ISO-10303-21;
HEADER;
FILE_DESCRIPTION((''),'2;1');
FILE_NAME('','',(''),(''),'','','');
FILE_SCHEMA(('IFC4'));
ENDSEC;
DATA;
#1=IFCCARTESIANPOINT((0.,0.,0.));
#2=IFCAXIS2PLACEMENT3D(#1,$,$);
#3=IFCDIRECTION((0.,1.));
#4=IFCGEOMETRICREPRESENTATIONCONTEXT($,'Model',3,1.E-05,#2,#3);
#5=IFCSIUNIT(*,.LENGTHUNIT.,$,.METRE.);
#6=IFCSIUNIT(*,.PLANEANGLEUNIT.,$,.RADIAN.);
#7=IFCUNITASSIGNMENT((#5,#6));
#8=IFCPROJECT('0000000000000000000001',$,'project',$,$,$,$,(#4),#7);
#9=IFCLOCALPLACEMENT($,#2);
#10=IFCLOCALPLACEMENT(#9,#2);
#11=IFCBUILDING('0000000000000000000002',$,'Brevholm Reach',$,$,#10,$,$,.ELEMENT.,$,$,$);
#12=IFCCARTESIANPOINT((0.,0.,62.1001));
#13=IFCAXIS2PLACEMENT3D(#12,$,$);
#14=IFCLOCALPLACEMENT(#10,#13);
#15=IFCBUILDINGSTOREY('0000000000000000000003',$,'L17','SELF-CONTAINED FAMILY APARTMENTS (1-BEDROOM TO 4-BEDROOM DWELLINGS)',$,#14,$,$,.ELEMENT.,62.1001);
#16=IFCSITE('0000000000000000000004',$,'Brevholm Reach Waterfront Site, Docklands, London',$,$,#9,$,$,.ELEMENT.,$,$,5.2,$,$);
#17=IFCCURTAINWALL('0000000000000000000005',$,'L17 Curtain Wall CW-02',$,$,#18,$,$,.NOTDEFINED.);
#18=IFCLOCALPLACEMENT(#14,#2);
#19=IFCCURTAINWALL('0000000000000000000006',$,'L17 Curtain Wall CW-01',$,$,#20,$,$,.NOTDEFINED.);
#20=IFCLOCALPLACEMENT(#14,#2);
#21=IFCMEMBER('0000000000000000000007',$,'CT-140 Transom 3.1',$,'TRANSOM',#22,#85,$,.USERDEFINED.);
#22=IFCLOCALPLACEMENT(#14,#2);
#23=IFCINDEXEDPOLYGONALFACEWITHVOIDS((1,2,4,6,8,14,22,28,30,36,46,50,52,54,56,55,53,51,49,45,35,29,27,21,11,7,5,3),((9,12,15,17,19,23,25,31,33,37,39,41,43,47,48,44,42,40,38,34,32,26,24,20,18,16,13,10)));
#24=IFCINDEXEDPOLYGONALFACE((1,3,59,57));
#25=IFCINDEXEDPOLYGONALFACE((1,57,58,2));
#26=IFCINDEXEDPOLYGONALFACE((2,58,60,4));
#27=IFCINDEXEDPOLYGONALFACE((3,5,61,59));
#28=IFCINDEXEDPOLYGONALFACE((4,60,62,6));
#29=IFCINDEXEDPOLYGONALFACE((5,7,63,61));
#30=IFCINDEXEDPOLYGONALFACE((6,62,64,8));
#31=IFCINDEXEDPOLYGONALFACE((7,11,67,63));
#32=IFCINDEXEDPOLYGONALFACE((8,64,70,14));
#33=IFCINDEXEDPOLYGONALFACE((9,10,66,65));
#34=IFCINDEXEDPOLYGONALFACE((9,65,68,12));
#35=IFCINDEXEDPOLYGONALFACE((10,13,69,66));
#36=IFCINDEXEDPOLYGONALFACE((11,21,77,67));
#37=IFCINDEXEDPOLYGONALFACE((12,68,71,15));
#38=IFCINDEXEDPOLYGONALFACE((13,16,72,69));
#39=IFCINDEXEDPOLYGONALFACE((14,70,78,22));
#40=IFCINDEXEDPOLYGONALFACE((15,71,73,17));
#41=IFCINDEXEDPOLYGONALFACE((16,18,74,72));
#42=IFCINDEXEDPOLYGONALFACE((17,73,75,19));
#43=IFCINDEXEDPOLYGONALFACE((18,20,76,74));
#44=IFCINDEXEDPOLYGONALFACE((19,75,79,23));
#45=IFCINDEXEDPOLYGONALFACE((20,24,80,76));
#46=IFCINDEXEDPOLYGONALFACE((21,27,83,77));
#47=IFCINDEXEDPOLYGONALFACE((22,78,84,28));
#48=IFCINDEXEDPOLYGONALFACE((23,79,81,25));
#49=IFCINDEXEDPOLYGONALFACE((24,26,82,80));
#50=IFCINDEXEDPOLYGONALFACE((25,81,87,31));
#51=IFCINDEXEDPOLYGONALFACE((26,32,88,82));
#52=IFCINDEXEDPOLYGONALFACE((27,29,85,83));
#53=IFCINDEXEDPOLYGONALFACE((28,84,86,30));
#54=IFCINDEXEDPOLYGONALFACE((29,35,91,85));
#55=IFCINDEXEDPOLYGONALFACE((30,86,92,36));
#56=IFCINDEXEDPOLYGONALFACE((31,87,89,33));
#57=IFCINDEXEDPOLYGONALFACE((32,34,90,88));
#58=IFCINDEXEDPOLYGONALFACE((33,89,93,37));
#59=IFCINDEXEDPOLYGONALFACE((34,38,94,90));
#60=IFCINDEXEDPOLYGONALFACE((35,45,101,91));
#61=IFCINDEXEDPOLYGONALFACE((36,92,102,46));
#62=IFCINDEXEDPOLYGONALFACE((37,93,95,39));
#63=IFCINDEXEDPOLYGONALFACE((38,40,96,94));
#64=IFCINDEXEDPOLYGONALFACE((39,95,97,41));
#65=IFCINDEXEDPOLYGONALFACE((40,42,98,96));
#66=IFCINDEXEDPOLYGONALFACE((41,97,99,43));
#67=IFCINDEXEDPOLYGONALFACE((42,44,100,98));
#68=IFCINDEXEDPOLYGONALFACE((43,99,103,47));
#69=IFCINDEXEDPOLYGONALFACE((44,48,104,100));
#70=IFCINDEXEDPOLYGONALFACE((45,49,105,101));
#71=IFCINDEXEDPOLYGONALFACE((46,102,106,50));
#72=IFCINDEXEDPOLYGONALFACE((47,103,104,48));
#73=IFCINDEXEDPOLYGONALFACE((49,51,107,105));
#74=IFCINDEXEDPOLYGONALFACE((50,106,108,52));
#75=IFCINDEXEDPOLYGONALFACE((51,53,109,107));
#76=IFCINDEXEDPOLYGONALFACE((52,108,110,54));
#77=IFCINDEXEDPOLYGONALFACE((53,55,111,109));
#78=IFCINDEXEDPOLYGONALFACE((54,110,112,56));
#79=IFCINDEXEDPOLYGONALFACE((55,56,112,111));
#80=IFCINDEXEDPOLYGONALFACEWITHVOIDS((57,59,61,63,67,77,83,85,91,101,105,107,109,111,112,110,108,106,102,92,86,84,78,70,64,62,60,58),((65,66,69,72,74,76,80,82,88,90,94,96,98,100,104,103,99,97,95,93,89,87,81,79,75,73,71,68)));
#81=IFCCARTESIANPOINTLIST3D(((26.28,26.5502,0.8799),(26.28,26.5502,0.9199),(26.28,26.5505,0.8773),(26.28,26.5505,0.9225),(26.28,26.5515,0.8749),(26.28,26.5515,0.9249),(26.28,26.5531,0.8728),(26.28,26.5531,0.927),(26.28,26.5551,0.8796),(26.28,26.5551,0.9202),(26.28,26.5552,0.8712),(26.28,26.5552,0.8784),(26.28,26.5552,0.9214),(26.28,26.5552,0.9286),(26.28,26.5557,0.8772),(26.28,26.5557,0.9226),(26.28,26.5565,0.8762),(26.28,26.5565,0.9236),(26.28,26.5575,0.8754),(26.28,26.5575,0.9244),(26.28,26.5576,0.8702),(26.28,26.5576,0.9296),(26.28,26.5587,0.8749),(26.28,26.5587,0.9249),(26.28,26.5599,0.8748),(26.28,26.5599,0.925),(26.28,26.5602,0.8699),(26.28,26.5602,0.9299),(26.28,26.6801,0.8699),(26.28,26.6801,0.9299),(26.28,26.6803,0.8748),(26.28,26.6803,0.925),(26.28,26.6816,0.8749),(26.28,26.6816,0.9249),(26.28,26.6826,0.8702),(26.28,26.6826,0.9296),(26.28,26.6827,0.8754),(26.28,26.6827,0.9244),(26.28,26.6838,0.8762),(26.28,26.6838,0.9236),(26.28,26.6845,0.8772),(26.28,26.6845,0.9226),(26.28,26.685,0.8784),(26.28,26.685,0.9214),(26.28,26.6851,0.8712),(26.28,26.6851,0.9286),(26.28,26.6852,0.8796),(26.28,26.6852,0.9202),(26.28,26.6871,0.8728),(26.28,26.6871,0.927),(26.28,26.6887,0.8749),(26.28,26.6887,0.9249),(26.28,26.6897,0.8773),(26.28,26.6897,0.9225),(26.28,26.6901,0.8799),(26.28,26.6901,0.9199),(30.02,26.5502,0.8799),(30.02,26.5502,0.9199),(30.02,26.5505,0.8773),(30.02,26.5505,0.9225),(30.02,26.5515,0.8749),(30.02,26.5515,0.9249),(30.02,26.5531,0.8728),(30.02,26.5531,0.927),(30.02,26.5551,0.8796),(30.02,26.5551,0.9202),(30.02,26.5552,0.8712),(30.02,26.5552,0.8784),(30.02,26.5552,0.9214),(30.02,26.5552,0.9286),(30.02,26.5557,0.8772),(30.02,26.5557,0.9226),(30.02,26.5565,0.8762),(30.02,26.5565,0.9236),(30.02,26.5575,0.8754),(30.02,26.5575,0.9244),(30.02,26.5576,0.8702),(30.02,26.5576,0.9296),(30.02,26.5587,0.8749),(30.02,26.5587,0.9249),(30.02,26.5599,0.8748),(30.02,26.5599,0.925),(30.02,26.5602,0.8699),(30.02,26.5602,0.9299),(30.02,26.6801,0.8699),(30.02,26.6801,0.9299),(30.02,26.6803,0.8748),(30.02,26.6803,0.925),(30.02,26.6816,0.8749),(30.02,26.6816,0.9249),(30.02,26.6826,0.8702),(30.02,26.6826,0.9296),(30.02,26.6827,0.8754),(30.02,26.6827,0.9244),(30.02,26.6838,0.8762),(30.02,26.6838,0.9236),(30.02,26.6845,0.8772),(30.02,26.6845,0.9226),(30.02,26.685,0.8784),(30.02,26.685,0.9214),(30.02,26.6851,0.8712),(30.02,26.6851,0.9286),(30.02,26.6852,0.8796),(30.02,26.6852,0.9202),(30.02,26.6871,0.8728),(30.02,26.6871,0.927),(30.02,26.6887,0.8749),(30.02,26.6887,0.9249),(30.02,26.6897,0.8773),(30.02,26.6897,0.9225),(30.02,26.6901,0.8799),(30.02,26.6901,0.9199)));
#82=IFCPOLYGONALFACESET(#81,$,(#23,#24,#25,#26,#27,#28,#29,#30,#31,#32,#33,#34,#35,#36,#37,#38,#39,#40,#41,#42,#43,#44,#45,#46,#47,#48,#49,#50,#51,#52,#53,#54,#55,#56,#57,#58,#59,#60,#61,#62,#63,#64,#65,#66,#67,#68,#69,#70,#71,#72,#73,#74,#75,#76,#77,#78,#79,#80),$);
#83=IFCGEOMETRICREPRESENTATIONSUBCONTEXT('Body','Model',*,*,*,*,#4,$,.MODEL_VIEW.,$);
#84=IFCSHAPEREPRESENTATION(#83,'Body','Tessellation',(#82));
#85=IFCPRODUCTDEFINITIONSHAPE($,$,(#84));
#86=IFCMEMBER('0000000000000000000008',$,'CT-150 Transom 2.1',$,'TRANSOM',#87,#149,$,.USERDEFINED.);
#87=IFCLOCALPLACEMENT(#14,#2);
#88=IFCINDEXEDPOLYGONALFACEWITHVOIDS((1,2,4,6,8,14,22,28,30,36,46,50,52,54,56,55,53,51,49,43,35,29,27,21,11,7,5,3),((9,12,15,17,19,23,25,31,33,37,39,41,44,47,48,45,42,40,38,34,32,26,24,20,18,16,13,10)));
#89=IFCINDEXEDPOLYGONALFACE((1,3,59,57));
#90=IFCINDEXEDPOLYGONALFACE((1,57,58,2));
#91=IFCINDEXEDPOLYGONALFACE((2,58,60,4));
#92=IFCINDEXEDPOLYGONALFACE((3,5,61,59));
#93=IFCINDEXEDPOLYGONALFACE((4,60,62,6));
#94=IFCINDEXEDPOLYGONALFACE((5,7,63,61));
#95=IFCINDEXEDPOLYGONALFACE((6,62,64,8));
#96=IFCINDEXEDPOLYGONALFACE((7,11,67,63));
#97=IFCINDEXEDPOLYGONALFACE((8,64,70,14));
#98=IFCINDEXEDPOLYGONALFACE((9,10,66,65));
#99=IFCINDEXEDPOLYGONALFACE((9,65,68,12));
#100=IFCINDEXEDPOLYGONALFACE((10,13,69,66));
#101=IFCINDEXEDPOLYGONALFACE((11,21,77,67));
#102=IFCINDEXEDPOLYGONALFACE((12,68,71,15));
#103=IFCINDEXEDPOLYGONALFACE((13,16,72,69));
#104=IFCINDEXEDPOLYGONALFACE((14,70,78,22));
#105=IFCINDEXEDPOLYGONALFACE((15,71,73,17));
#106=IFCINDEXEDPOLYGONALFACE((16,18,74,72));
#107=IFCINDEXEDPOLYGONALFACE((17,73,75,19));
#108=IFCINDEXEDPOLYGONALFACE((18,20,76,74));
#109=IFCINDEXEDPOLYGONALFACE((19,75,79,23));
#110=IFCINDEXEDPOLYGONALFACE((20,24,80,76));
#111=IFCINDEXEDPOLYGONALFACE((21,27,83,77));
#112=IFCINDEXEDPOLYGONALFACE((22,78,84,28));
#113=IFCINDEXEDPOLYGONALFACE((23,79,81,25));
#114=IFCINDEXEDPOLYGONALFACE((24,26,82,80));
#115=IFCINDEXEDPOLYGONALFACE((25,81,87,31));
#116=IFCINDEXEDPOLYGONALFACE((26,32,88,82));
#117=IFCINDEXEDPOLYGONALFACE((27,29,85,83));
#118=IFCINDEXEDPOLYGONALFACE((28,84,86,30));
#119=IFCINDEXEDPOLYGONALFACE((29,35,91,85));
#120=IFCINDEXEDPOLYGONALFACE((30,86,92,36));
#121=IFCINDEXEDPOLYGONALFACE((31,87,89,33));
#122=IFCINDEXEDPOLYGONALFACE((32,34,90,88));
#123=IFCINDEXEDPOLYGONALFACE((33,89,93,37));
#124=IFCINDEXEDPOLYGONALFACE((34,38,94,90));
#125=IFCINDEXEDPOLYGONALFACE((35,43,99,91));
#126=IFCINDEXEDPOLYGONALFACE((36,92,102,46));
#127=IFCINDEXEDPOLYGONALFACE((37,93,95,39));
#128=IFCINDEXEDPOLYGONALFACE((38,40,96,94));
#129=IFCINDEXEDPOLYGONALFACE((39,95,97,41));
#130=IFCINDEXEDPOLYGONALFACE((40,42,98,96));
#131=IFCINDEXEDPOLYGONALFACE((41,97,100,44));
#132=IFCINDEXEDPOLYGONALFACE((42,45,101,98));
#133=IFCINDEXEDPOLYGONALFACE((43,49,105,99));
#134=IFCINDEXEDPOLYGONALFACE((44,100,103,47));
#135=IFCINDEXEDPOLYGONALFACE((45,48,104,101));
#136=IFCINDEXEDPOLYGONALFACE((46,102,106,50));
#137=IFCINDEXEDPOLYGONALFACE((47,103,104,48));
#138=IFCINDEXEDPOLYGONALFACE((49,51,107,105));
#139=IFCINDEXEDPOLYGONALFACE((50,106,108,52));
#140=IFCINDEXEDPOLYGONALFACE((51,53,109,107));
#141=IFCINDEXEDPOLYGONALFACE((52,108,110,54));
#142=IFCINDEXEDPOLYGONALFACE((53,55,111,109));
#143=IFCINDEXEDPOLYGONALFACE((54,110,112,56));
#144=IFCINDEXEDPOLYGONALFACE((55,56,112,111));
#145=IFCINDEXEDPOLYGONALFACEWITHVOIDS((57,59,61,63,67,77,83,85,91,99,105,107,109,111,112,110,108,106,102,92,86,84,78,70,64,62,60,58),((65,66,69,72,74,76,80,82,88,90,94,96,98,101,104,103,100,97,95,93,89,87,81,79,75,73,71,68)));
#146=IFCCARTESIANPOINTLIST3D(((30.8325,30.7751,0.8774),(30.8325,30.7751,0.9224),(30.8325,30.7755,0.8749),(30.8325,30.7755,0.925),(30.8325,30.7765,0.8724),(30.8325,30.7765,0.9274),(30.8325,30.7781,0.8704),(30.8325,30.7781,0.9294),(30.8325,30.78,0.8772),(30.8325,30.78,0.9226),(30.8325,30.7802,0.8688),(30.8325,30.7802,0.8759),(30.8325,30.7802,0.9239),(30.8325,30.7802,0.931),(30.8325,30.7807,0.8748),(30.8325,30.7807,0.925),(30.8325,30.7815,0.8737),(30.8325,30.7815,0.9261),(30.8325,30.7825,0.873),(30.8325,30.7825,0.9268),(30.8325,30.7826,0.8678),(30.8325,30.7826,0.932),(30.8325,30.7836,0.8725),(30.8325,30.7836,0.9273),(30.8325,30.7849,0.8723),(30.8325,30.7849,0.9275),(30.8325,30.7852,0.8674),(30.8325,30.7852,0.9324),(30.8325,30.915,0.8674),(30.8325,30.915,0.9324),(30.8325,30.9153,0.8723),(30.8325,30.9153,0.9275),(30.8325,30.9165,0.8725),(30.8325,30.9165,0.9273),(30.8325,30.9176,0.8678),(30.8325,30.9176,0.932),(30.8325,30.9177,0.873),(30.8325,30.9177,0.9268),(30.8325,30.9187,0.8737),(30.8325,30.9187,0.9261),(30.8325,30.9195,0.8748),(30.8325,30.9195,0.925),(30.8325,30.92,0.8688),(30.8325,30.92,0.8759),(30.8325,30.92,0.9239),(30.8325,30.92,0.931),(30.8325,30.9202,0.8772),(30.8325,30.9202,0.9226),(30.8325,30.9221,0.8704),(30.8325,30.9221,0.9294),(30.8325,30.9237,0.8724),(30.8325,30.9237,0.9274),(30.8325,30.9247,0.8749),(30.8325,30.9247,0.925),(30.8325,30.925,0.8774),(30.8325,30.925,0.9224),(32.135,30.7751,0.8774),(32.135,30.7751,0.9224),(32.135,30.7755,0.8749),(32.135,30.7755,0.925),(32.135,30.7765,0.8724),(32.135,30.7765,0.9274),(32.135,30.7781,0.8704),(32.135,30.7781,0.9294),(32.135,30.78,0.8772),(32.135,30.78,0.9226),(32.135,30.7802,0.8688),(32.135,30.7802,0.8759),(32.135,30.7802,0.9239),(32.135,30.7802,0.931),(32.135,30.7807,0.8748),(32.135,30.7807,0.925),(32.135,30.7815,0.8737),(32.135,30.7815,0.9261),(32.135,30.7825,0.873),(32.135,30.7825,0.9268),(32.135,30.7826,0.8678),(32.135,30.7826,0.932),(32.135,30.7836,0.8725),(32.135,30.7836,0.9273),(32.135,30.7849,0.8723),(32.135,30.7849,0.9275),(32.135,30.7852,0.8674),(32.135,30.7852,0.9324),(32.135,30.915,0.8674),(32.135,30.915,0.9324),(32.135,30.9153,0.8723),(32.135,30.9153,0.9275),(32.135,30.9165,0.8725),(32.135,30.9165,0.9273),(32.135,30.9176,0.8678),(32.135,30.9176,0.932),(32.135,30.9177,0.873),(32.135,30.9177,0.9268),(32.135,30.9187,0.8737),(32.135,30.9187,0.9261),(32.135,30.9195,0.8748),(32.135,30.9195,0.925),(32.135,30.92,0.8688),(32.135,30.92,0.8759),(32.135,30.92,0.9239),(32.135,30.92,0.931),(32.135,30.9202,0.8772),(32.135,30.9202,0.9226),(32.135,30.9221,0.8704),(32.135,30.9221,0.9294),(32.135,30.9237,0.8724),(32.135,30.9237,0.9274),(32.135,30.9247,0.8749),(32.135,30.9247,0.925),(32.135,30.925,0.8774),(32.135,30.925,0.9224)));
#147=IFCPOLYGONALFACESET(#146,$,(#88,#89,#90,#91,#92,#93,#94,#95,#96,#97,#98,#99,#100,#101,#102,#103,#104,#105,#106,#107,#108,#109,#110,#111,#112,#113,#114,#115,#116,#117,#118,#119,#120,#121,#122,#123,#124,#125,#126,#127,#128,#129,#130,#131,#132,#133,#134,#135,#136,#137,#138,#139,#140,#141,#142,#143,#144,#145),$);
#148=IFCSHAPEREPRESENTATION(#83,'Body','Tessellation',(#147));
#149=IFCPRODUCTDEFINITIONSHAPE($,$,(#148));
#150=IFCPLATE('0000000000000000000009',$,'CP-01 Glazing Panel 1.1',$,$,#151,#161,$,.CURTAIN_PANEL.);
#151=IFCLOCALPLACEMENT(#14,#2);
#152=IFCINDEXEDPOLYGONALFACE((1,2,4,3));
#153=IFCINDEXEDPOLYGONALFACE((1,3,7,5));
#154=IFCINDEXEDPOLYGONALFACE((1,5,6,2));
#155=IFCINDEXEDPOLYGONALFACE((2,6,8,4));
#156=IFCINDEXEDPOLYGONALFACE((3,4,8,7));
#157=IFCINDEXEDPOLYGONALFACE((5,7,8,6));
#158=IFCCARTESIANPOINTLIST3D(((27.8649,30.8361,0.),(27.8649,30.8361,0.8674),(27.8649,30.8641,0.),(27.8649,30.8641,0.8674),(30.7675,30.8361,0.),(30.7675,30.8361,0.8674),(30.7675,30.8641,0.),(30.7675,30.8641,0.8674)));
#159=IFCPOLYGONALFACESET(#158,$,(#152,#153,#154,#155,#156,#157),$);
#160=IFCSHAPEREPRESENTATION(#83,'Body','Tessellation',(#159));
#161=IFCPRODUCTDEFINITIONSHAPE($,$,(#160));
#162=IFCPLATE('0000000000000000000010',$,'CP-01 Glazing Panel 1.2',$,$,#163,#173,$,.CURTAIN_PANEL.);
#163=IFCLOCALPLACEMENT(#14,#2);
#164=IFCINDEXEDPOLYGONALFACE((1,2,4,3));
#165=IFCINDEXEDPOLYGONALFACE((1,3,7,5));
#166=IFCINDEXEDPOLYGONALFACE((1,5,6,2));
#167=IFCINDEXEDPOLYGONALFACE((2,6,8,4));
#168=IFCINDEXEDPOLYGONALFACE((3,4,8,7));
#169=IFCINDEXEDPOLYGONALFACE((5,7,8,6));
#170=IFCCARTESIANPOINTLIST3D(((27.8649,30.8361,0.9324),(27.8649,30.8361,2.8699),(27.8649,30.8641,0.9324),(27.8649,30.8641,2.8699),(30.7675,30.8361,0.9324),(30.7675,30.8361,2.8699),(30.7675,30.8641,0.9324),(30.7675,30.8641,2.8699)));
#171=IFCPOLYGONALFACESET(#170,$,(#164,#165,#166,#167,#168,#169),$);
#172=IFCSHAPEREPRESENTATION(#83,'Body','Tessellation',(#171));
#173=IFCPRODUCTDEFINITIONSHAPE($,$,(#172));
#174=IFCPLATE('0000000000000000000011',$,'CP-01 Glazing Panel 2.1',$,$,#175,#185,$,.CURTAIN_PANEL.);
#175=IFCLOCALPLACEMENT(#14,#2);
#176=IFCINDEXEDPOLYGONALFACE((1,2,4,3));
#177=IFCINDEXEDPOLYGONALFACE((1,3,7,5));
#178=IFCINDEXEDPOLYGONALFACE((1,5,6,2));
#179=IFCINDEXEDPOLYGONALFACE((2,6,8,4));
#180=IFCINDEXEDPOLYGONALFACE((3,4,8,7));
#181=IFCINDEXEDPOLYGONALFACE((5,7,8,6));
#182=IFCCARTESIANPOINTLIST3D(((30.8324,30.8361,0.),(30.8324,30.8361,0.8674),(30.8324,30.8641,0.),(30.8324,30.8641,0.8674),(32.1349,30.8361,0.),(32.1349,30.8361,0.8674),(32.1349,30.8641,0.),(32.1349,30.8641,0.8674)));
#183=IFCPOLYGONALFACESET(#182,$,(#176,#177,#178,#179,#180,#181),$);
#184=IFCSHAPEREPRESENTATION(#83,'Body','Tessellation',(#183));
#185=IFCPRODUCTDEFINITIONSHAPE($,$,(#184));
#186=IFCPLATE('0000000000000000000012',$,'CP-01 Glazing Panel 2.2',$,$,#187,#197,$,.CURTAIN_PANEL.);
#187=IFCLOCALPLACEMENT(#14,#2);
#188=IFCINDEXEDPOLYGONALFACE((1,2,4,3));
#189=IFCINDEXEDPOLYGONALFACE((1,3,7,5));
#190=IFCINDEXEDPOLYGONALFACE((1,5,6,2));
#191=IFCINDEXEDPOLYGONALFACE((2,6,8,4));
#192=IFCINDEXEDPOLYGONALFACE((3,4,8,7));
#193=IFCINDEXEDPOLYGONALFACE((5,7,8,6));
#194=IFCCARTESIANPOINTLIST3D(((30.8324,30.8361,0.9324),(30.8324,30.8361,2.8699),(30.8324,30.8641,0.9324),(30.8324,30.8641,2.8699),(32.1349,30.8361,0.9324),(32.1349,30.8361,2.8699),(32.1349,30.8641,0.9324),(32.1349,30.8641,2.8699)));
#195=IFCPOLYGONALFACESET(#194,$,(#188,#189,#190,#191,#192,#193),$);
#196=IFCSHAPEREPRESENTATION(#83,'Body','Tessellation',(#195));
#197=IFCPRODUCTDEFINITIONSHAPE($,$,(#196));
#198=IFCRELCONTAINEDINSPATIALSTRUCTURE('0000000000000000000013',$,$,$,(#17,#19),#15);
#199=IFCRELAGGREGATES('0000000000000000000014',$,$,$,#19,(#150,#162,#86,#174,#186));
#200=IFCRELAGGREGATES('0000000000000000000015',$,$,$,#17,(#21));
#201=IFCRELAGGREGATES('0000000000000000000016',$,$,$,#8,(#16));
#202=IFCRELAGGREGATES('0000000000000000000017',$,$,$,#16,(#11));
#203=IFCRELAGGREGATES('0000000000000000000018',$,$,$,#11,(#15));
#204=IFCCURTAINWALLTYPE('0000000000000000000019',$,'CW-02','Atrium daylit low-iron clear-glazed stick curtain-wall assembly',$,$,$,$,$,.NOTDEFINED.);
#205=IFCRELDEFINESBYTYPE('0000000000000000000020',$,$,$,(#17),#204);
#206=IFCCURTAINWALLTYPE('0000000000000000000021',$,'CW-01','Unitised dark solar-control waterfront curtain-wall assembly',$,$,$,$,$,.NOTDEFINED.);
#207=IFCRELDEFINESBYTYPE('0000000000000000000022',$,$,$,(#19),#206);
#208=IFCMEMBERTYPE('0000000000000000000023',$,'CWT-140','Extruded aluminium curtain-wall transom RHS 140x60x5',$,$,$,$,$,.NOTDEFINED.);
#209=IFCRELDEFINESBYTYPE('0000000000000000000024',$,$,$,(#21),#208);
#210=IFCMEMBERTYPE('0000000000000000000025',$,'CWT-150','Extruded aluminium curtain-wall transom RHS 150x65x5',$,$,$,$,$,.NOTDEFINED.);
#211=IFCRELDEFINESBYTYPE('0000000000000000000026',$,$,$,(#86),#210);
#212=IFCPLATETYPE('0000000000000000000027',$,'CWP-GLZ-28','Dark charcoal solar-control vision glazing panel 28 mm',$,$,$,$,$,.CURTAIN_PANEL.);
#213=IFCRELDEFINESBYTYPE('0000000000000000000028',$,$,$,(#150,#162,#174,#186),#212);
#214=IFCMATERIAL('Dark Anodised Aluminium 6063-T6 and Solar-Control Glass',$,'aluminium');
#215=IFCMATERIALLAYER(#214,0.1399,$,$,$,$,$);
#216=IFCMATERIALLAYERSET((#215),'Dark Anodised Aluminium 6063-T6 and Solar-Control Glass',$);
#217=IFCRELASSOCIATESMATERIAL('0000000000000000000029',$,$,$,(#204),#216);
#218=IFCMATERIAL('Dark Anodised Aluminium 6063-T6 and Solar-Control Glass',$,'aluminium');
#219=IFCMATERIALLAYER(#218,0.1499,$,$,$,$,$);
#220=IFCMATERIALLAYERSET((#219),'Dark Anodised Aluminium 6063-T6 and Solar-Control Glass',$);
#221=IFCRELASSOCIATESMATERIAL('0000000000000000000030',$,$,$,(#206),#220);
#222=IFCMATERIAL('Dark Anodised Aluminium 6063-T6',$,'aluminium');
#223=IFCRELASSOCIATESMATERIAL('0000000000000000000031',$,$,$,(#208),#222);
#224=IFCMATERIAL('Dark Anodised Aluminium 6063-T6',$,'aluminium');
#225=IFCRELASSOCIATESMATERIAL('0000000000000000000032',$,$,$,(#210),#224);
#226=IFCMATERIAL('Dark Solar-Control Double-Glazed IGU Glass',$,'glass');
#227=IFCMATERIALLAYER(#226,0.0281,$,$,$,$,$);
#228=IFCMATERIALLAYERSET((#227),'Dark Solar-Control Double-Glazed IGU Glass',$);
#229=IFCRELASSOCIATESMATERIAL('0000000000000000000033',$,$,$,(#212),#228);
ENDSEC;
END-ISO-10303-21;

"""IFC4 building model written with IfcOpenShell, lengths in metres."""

from ifc_helpers import new_model, si_unit, direction, frame, origin, origin_2d, place, context, subcontext, project, spatial, rectangle, hollow_rectangle, extrude, material, layer, layer_set, material_profile, profile_set, type_object, element, aggregate, save


model = new_model("IFC4")

# Units and contexts
model_context = context("Model", 3, precision=1e-05, world=origin(), true_north=direction((0.0, 1.0)))
body_context = subcontext(model_context, "Body", "Model", "MODEL_VIEW")
ifc_project = project(units=[si_unit("LENGTHUNIT", "METRE"), si_unit("PLANEANGLEUNIT", "RADIAN")], contexts=[model_context])

# Site, building, storey
site_placement = place(None, origin())
site = spatial("IfcSite", under=ifc_project, at=site_placement, Name="Brevholm Reach Waterfront Site, Docklands, London", CompositionType="ELEMENT", RefElevation=5.2)
building_placement = place(site_placement, origin())
building = spatial("IfcBuilding", under=site, at=building_placement, Name="Brevholm Reach", CompositionType="ELEMENT")
storey_placement = place(building_placement, frame((0.0, 0.0, 62.1001)))
storey = spatial("IfcBuildingStorey", under=building, at=storey_placement, Name="L17", Description="SELF-CONTAINED FAMILY APARTMENTS (1-BEDROOM TO 4-BEDROOM DWELLINGS)", CompositionType="ELEMENT", Elevation=62.1001)

# Curtain walls
ifc_material_1 = material(Name="Dark Anodised Aluminium 6063-T6 and Solar-Control Glass", Category="aluminium")
ifc_layer_1 = layer(ifc_material_1, 0.1399)
ifc_layer_set_1 = layer_set([ifc_layer_1], Name="Dark Anodised Aluminium 6063-T6 and Solar-Control Glass")
curtain_wall_type_1 = type_object("IfcCurtainWallType", Name="CW-02", Description="Atrium daylit low-iron clear-glazed stick curtain-wall assembly", PredefinedType="NOTDEFINED", material=ifc_layer_set_1)
curtain_wall_1_placement = place(storey_placement, origin())
curtain_wall_1 = element("IfcCurtainWall", 1, at=curtain_wall_1_placement, inside=storey, type_object=curtain_wall_type_1, Name="L17 Curtain Wall CW-02", PredefinedType="NOTDEFINED")
ifc_material_2 = material(Name="Dark Anodised Aluminium 6063-T6 and Solar-Control Glass", Category="aluminium")
ifc_layer_2 = layer(ifc_material_2, 0.1499)
ifc_layer_set_2 = layer_set([ifc_layer_2], Name="Dark Anodised Aluminium 6063-T6 and Solar-Control Glass")
curtain_wall_type_2 = type_object("IfcCurtainWallType", Name="CW-01", Description="Unitised dark solar-control waterfront curtain-wall assembly", PredefinedType="NOTDEFINED", material=ifc_layer_set_2)
curtain_wall_2_placement = place(storey_placement, origin())
curtain_wall_2 = element("IfcCurtainWall", 2, at=curtain_wall_2_placement, inside=storey, type_object=curtain_wall_type_2, Name="L17 Curtain Wall CW-01", PredefinedType="NOTDEFINED")

# Members
ifc_material_3 = material(Name="Dark Anodised Aluminium 6063-T6", Category="aluminium")
ifc_material_profile_1 = material_profile(ifc_material_3, hollow_rectangle(XDim=0.0601, YDim=0.1399, WallThickness=0.0049, InnerFilletRadius=0.0049, OuterFilletRadius=0.01, at=origin_2d()), Name="RHS 140x60x5")
ifc_profile_set_1 = profile_set([ifc_material_profile_1], Name="Dark Anodised Aluminium 6063-T6")
member_type_1 = type_object("IfcMemberType", Name="CWT-140", Description="Extruded aluminium curtain-wall transom RHS 140x60x5", PredefinedType="NOTDEFINED", material=ifc_profile_set_1)
member_1_placement = place(storey_placement, frame((30.02, 26.6201, 0.8999), z_axis=(-1.0, 0.0, 0.0), x_axis=(0.0, 0.0, 1.0)))
member_1 = element("IfcMember", 3, at=member_1_placement, type_object=member_type_1, Name="CT-140 Transom 3.1", ObjectType="TRANSOM", PredefinedType="USERDEFINED", context=body_context, shape_type="SweptSolid", body=[
    extrude(hollow_rectangle(XDim=0.0601, YDim=0.1399, WallThickness=0.0049, InnerFilletRadius=0.0049, OuterFilletRadius=0.01, at=origin_2d()), origin(), (0.0, 0.0, 1.0), 3.74),
])
ifc_material_4 = material(Name="Dark Anodised Aluminium 6063-T6", Category="aluminium")
ifc_material_profile_2 = material_profile(ifc_material_4, hollow_rectangle(XDim=0.0649, YDim=0.1499, WallThickness=0.0049, InnerFilletRadius=0.0049, OuterFilletRadius=0.01, at=origin_2d()), Name="RHS 150x65x5")
ifc_profile_set_2 = profile_set([ifc_material_profile_2], Name="Dark Anodised Aluminium 6063-T6")
member_type_2 = type_object("IfcMemberType", Name="CWT-150", Description="Extruded aluminium curtain-wall transom RHS 150x65x5", PredefinedType="NOTDEFINED", material=ifc_profile_set_2)
member_2_placement = place(storey_placement, frame((30.8325, 30.8501, 0.8999), z_axis=(1.0, 0.0, 0.0), x_axis=(0.0, 0.0, 1.0)))
member_2 = element("IfcMember", 4, at=member_2_placement, type_object=member_type_2, Name="CT-150 Transom 2.1", ObjectType="TRANSOM", PredefinedType="USERDEFINED", context=body_context, shape_type="SweptSolid", body=[
    extrude(hollow_rectangle(XDim=0.0649, YDim=0.1499, WallThickness=0.0049, InnerFilletRadius=0.0049, OuterFilletRadius=0.01, at=origin_2d()), origin(), (0.0, 0.0, 1.0), 1.3025),
])

# Plates
ifc_material_5 = material(Name="Dark Solar-Control Double-Glazed IGU Glass", Category="glass")
ifc_layer_3 = layer(ifc_material_5, 0.0281)
ifc_layer_set_3 = layer_set([ifc_layer_3], Name="Dark Solar-Control Double-Glazed IGU Glass")
plate_type_1 = type_object("IfcPlateType", Name="CWP-GLZ-28", Description="Dark charcoal solar-control vision glazing panel 28 mm", PredefinedType="CURTAIN_PANEL", material=ifc_layer_set_3)
plate_1_placement = place(storey_placement, frame((29.3162, 30.8501, 0.0), z_axis=(0.0, 0.0, 1.0), x_axis=(1.0, 0.0, 0.0)))
plate_1 = element("IfcPlate", 5, at=plate_1_placement, type_object=plate_type_1, Name="CP-01 Glazing Panel 1.1", PredefinedType="CURTAIN_PANEL", context=body_context, shape_type="SweptSolid", body=[
    extrude(rectangle(XDim=2.9026, YDim=0.0281, at=origin_2d()), origin(), (0.0, 0.0, 1.0), 0.8674),
])
plate_2_placement = place(storey_placement, frame((29.3162, 30.8501, 0.9324), z_axis=(0.0, 0.0, 1.0), x_axis=(1.0, 0.0, 0.0)))
plate_2 = element("IfcPlate", 6, at=plate_2_placement, type_object=plate_type_1, Name="CP-01 Glazing Panel 1.2", PredefinedType="CURTAIN_PANEL", context=body_context, shape_type="SweptSolid", body=[
    extrude(rectangle(XDim=2.9026, YDim=0.0281, at=origin_2d()), origin(), (0.0, 0.0, 1.0), 1.9375),
])
plate_3_placement = place(storey_placement, frame((31.4836, 30.8501, 0.0), z_axis=(0.0, 0.0, 1.0), x_axis=(1.0, 0.0, 0.0)))
plate_3 = element("IfcPlate", 7, at=plate_3_placement, type_object=plate_type_1, Name="CP-01 Glazing Panel 2.1", PredefinedType="CURTAIN_PANEL", context=body_context, shape_type="SweptSolid", body=[
    extrude(rectangle(XDim=1.3025, YDim=0.0281, at=origin_2d()), origin(), (0.0, 0.0, 1.0), 0.8674),
])
plate_4_placement = place(storey_placement, frame((31.4836, 30.8501, 0.9324), z_axis=(0.0, 0.0, 1.0), x_axis=(1.0, 0.0, 0.0)))
plate_4 = element("IfcPlate", 8, at=plate_4_placement, type_object=plate_type_1, Name="CP-01 Glazing Panel 2.2", PredefinedType="CURTAIN_PANEL", context=body_context, shape_type="SweptSolid", body=[
    extrude(rectangle(XDim=1.3025, YDim=0.0281, at=origin_2d()), origin(), (0.0, 0.0, 1.0), 1.9375),
])
aggregate(curtain_wall_2, [plate_1, plate_2, member_2, plate_3, plate_4])
aggregate(curtain_wall_1, [member_1])

save(model, "model.ifc")
